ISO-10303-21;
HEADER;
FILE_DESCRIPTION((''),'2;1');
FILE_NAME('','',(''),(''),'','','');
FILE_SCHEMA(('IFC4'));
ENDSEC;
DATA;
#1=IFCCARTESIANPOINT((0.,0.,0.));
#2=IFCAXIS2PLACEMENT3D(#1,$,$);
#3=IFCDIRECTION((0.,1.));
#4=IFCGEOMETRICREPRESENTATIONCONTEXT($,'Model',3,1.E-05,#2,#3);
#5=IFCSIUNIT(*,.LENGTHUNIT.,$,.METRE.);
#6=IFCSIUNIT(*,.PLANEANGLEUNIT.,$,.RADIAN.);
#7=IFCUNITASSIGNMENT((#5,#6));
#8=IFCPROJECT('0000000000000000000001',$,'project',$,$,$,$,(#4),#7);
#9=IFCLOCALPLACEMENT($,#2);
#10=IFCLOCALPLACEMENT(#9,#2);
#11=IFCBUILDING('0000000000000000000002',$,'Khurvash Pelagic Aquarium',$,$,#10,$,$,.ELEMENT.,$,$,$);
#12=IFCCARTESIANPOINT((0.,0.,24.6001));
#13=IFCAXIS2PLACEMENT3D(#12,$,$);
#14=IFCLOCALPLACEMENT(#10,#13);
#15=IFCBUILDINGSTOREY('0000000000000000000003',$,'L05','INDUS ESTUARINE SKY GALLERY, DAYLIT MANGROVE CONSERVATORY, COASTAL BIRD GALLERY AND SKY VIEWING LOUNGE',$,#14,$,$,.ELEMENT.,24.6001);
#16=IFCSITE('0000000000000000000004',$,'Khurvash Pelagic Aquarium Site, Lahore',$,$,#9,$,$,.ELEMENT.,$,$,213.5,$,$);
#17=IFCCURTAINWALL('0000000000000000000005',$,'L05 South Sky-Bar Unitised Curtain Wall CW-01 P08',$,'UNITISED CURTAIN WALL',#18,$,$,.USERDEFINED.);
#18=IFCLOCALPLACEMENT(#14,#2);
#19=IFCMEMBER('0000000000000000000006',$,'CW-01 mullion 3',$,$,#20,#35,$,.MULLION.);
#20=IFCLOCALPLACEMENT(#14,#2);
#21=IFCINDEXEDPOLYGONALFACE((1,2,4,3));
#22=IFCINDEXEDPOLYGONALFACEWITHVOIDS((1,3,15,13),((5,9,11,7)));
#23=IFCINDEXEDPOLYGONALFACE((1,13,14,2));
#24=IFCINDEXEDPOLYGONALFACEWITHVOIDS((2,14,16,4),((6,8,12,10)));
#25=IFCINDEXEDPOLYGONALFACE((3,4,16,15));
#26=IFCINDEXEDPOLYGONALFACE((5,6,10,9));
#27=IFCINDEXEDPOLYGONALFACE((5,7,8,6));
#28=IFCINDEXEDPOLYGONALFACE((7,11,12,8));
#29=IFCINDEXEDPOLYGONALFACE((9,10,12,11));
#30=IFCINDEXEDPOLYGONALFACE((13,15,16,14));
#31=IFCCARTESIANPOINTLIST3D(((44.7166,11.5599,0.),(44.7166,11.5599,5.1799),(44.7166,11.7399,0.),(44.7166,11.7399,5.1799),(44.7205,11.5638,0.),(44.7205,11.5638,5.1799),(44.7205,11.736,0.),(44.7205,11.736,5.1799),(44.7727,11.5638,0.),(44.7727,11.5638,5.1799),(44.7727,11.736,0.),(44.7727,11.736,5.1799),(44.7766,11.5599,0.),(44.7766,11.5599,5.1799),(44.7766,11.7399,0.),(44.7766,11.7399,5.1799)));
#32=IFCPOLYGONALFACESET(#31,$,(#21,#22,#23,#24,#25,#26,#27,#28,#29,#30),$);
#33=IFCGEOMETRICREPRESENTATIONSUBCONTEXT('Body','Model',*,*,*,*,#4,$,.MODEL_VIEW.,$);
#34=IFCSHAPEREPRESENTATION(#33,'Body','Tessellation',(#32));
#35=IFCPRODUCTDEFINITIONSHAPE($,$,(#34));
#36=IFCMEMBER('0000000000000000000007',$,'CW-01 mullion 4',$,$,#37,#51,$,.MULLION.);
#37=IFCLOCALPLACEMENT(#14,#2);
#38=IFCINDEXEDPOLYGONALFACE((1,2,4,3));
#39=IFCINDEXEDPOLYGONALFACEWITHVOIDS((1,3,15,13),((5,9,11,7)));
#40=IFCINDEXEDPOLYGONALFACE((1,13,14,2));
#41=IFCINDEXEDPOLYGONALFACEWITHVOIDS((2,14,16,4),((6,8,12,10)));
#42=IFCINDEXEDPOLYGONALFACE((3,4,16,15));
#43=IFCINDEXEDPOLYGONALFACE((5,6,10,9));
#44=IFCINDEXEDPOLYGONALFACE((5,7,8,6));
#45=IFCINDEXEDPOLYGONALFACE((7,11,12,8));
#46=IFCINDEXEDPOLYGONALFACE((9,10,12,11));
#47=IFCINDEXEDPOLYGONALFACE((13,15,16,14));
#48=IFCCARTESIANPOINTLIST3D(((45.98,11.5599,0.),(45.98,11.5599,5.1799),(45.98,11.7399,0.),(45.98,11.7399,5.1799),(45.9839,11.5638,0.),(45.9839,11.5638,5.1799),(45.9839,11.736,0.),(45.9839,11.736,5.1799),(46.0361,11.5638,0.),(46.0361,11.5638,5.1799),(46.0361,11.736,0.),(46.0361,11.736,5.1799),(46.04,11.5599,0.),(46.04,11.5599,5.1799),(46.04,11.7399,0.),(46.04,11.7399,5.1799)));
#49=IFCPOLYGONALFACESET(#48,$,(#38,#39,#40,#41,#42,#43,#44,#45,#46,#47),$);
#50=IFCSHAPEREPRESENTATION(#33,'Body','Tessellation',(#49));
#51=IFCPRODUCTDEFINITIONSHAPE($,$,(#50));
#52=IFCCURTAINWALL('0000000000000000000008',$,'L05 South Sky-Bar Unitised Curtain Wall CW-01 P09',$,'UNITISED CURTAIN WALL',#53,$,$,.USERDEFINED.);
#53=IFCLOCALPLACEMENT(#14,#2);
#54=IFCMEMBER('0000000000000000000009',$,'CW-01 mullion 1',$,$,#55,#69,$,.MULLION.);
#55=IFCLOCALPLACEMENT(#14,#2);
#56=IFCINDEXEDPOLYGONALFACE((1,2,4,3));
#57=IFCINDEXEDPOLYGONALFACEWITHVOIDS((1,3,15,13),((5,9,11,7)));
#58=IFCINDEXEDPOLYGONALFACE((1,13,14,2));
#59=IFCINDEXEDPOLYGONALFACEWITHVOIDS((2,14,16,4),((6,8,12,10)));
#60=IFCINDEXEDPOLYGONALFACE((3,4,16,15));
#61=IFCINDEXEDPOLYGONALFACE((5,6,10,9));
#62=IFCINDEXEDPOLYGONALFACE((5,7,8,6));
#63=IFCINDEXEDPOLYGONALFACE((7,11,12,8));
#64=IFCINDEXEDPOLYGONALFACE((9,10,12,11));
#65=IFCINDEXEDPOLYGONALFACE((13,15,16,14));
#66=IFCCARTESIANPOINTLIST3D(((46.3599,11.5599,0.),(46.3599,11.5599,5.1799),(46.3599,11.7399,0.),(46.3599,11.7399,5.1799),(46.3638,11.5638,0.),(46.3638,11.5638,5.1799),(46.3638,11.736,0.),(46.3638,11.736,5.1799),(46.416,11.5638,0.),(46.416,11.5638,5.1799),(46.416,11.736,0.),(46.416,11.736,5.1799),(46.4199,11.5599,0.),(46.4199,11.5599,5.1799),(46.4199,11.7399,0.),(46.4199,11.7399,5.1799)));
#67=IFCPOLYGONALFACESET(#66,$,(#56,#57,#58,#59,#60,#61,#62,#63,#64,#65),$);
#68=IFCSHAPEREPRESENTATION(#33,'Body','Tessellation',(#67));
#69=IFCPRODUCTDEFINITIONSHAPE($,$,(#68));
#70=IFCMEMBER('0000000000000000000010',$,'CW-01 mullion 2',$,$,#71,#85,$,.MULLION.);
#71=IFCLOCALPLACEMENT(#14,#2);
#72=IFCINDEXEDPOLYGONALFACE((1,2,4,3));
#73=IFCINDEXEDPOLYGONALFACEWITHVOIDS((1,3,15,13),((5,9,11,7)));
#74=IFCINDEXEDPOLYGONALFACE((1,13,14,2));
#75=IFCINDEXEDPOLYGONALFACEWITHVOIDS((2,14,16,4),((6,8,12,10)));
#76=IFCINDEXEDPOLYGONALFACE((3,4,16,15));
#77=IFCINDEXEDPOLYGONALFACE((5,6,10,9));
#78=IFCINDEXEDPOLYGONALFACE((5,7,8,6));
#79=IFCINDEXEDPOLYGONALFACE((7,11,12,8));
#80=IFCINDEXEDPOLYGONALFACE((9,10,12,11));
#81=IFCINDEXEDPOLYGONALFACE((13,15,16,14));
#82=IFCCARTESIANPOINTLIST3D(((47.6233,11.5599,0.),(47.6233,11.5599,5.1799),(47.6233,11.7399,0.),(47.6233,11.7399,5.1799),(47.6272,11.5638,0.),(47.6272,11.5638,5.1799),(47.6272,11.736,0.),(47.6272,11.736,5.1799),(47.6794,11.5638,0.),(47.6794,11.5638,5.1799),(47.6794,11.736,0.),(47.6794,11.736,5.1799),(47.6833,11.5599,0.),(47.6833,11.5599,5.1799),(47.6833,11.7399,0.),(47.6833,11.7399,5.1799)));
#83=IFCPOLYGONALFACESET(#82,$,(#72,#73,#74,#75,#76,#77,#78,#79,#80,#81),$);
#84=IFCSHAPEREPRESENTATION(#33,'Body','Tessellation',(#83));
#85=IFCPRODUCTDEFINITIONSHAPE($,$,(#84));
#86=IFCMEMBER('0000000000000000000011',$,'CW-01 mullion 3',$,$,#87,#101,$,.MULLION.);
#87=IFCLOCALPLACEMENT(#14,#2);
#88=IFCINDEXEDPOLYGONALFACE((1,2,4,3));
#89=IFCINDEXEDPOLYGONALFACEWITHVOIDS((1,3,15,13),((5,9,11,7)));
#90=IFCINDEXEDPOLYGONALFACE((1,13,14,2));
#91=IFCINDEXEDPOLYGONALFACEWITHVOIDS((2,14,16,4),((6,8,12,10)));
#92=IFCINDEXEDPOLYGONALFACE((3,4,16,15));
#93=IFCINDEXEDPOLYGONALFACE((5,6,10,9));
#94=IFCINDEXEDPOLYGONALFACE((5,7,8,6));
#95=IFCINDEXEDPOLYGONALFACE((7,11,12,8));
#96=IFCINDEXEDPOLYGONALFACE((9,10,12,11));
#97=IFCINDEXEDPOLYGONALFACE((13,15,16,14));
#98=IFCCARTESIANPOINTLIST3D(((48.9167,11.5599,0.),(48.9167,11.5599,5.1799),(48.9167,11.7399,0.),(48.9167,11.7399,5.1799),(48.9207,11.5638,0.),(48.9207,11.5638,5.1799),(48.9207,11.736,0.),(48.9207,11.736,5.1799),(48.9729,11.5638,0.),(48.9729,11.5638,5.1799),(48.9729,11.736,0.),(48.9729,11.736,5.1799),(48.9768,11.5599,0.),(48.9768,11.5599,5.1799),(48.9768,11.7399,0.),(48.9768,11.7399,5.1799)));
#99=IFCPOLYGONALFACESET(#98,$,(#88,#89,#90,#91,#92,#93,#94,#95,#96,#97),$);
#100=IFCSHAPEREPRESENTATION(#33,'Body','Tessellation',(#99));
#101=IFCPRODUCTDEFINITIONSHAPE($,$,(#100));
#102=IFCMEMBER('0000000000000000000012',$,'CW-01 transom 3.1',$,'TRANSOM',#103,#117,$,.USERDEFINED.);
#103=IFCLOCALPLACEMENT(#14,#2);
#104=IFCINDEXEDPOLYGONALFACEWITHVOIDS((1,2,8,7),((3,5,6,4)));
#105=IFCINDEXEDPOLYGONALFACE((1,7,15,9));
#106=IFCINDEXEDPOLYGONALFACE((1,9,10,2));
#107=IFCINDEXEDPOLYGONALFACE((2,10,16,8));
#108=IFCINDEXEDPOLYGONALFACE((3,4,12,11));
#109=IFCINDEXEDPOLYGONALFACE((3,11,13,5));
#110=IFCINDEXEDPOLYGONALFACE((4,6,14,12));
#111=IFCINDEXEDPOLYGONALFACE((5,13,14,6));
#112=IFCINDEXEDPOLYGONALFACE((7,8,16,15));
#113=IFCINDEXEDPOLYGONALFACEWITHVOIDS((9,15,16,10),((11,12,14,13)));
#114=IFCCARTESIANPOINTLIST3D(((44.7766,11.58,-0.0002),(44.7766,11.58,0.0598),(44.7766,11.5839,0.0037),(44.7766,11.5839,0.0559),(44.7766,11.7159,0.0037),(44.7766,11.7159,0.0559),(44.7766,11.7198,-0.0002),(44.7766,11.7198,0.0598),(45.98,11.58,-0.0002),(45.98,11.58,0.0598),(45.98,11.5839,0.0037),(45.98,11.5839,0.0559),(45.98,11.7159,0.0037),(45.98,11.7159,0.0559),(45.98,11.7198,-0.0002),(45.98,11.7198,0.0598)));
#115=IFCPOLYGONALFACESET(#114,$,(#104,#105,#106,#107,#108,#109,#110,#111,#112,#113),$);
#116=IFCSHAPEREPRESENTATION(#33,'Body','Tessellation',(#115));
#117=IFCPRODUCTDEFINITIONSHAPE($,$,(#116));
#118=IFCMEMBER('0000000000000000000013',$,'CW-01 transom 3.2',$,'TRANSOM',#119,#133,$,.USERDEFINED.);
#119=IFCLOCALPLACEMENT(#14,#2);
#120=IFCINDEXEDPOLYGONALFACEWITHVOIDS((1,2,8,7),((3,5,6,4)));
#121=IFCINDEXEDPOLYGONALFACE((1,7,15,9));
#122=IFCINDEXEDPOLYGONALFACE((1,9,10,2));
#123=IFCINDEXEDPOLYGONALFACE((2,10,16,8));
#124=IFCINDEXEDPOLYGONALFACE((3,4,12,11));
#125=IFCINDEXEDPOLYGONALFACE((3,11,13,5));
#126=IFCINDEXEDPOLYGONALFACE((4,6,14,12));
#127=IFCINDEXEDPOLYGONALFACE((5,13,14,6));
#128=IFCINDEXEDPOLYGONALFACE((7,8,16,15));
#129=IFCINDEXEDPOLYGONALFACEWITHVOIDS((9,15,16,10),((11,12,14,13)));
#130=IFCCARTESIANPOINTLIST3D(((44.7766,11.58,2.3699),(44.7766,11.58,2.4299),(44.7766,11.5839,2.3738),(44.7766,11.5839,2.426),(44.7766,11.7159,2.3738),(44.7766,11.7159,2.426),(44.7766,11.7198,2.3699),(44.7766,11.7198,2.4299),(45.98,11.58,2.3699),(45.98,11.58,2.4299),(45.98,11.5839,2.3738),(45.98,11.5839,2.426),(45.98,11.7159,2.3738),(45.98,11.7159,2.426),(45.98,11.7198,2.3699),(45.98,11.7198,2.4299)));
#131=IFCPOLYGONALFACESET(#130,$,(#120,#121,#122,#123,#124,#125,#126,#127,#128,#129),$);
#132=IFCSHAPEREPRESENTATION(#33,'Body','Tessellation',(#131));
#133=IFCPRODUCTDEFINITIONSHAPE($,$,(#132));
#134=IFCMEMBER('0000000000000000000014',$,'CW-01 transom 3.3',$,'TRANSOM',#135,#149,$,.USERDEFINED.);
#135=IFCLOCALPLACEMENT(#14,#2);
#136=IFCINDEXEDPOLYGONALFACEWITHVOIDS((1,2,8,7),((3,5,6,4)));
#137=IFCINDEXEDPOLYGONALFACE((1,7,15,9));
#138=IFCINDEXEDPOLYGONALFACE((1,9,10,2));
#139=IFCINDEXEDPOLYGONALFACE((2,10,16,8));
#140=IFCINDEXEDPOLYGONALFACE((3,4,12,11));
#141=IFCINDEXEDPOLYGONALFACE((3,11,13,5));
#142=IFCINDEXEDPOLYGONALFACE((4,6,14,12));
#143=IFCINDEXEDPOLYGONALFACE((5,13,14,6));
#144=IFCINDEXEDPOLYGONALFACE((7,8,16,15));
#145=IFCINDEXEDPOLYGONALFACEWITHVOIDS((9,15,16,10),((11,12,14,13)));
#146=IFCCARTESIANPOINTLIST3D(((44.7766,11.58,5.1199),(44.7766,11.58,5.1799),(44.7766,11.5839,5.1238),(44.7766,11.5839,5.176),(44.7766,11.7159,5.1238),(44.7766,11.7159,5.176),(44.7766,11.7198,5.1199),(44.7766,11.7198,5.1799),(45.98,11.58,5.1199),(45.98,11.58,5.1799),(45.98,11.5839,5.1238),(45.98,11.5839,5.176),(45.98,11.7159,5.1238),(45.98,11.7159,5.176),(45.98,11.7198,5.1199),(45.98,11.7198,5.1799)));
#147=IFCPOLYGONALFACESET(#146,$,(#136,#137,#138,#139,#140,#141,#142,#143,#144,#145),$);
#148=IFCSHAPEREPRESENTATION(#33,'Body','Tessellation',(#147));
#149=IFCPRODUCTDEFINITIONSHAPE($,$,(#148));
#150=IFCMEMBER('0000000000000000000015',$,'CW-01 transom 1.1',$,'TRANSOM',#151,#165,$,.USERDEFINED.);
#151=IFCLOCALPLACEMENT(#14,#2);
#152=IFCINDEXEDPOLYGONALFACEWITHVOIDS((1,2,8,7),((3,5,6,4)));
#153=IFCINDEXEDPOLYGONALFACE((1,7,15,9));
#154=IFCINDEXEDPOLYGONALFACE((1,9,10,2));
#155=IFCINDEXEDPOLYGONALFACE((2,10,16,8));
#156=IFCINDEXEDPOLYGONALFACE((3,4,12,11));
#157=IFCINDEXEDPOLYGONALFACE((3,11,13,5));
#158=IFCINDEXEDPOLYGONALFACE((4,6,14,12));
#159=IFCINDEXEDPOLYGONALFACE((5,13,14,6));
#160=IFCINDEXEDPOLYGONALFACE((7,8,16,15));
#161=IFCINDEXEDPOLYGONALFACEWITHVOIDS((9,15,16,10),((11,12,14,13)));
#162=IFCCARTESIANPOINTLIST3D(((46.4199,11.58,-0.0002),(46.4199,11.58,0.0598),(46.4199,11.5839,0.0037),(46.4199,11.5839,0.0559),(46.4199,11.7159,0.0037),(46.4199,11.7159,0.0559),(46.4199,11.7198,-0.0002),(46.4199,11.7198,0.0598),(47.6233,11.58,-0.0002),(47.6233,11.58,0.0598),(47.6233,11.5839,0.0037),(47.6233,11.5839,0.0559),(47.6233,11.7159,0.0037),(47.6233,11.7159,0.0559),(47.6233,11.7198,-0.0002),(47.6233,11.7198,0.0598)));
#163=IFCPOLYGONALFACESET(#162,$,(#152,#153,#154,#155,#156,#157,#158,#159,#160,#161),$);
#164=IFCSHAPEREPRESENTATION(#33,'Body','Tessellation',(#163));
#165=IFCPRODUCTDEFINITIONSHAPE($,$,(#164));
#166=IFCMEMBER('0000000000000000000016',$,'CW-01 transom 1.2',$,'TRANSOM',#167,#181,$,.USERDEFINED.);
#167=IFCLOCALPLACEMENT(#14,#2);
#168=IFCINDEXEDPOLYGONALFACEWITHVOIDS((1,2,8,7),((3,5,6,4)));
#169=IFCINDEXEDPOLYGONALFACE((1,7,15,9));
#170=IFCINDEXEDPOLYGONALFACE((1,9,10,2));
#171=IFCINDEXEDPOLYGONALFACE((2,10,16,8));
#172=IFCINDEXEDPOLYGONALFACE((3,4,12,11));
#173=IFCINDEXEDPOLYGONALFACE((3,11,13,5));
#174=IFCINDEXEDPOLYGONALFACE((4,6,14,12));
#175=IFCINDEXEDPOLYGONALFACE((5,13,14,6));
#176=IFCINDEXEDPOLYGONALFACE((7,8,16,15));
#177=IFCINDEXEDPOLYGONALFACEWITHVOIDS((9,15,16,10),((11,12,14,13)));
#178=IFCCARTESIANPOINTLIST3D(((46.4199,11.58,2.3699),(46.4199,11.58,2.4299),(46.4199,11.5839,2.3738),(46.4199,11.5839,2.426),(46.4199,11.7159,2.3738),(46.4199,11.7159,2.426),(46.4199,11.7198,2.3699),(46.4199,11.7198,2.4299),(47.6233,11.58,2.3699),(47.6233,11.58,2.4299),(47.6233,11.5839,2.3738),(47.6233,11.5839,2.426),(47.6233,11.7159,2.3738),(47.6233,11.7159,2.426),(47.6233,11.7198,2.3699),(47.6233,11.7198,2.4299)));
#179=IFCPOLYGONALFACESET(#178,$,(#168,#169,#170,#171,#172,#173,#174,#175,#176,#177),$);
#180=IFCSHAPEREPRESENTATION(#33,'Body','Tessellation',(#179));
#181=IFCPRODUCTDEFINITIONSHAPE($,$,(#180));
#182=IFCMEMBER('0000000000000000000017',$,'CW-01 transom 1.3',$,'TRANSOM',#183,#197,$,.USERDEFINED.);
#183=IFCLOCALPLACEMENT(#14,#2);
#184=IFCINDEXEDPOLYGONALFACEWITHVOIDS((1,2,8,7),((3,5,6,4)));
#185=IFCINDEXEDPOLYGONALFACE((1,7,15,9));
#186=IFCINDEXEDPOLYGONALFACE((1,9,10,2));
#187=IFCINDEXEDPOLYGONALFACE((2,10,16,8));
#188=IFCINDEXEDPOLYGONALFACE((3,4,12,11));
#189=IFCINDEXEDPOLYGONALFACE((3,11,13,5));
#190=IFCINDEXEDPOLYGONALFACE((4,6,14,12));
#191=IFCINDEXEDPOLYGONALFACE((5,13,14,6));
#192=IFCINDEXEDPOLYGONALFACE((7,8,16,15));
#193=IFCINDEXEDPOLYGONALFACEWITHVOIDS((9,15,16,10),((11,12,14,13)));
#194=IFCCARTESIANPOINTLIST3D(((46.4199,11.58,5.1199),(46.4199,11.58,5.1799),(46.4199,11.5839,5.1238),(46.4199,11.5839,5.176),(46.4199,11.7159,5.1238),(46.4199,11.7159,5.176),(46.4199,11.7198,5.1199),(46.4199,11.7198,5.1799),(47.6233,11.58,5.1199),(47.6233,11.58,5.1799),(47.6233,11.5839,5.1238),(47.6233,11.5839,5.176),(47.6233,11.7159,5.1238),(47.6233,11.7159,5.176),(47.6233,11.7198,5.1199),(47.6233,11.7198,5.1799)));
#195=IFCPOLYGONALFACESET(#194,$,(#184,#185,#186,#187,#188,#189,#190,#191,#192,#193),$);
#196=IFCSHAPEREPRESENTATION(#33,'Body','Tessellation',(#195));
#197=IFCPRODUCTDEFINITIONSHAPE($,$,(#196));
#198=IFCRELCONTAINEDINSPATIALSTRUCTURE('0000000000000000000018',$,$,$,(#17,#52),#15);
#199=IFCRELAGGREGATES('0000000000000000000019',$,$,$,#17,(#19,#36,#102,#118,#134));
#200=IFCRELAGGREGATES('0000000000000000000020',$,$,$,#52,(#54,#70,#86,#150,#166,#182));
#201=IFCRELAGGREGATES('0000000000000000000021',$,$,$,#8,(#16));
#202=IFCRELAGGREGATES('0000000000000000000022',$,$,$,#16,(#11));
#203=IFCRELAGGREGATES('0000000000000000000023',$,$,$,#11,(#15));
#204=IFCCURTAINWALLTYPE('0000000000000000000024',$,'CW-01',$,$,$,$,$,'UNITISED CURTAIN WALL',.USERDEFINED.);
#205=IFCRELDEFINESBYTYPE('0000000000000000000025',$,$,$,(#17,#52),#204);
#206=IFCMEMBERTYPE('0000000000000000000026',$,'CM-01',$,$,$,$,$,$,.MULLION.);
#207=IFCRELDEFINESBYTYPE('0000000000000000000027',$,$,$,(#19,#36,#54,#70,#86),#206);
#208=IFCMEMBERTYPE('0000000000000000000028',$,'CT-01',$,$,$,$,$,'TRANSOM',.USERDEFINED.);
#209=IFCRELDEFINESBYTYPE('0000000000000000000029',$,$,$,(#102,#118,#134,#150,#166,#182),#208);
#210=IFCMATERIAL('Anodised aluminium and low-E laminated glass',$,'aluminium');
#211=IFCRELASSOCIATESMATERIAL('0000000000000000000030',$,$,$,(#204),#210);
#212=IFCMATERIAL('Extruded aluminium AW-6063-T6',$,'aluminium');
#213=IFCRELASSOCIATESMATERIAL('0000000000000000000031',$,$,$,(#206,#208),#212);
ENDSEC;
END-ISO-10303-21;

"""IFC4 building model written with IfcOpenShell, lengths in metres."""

from ifc_helpers import new_model, si_unit, direction, frame, origin, origin_2d, place, context, subcontext, project, spatial, hollow_rectangle, extrude, material, material_profile, profile_set, type_object, element, aggregate, save


model = new_model("IFC4")

# Units and contexts
model_context = context("Model", 3, precision=1e-05, world=origin(), true_north=direction((0.0, 1.0)))
body_context = subcontext(model_context, "Body", "Model", "MODEL_VIEW")
ifc_project = project(units=[si_unit("LENGTHUNIT", "METRE"), si_unit("PLANEANGLEUNIT", "RADIAN")], contexts=[model_context])

# Site, building, storey
site_placement = place(None, origin())
site = spatial("IfcSite", under=ifc_project, at=site_placement, Name="Khurvash Pelagic Aquarium Site, Lahore", CompositionType="ELEMENT", RefElevation=213.5)
building_placement = place(site_placement, origin())
building = spatial("IfcBuilding", under=site, at=building_placement, Name="Khurvash Pelagic Aquarium", CompositionType="ELEMENT")
storey_placement = place(building_placement, frame((0.0, 0.0, 24.6001)))
storey = spatial("IfcBuildingStorey", under=building, at=storey_placement, Name="L05", Description="INDUS ESTUARINE SKY GALLERY, DAYLIT MANGROVE CONSERVATORY, COASTAL BIRD GALLERY AND SKY VIEWING LOUNGE", CompositionType="ELEMENT", Elevation=24.6001)

# Curtain walls, members
ifc_material_1 = material(Name="Anodised aluminium and low-E laminated glass", Category="aluminium")
curtain_wall_type = type_object("IfcCurtainWallType", Name="CW-01", ElementType="UNITISED CURTAIN WALL", PredefinedType="USERDEFINED", material=ifc_material_1)
curtain_wall_1_placement = place(storey_placement, origin())
curtain_wall_1 = element("IfcCurtainWall", 1, at=curtain_wall_1_placement, inside=storey, type_object=curtain_wall_type, Name="L05 South Sky-Bar Unitised Curtain Wall CW-01 P08", ObjectType="UNITISED CURTAIN WALL", PredefinedType="USERDEFINED")
ifc_material_2 = material(Name="Extruded aluminium AW-6063-T6", Category="aluminium")
ifc_material_profile_1 = material_profile(ifc_material_2, hollow_rectangle(XDim=0.0601, YDim=0.1799, WallThickness=0.0039, at=origin_2d()), Name="CWM60X180X4")
ifc_profile_set_1 = profile_set([ifc_material_profile_1], Name="Extruded aluminium AW-6063-T6")
member_type_1 = type_object("IfcMemberType", Name="CM-01", PredefinedType="MULLION", material=ifc_profile_set_1)
member_1_placement = place(storey_placement, frame((44.7466, 11.6499, 0.0), z_axis=(0.0, 0.0, 1.0), x_axis=(1.0, 0.0, 0.0)))
member_1 = element("IfcMember", 2, at=member_1_placement, type_object=member_type_1, Name="CW-01 mullion 3", PredefinedType="MULLION", context=body_context, shape_type="SweptSolid", body=[
    extrude(hollow_rectangle(XDim=0.0601, YDim=0.1799, WallThickness=0.0039, at=origin_2d()), origin(), (0.0, 0.0, 1.0), 5.1799),
])
member_2_placement = place(storey_placement, frame((46.01, 11.6499, 0.0), z_axis=(0.0, 0.0, 1.0), x_axis=(1.0, 0.0, 0.0)))
member_2 = element("IfcMember", 3, at=member_2_placement, type_object=member_type_1, Name="CW-01 mullion 4", PredefinedType="MULLION", context=body_context, shape_type="SweptSolid", body=[
    extrude(hollow_rectangle(XDim=0.0601, YDim=0.1799, WallThickness=0.0039, at=origin_2d()), origin(), (0.0, 0.0, 1.0), 5.1799),
])
curtain_wall_2_placement = place(storey_placement, origin())
curtain_wall_2 = element("IfcCurtainWall", 4, at=curtain_wall_2_placement, inside=storey, type_object=curtain_wall_type, Name="L05 South Sky-Bar Unitised Curtain Wall CW-01 P09", ObjectType="UNITISED CURTAIN WALL", PredefinedType="USERDEFINED")
member_3_placement = place(storey_placement, frame((46.3899, 11.6499, 0.0), z_axis=(0.0, 0.0, 1.0), x_axis=(1.0, 0.0, 0.0)))
member_3 = element("IfcMember", 5, at=member_3_placement, type_object=member_type_1, Name="CW-01 mullion 1", PredefinedType="MULLION", context=body_context, shape_type="SweptSolid", body=[
    extrude(hollow_rectangle(XDim=0.0601, YDim=0.1799, WallThickness=0.0039, at=origin_2d()), origin(), (0.0, 0.0, 1.0), 5.1799),
])
member_4_placement = place(storey_placement, frame((47.6533, 11.6499, 0.0), z_axis=(0.0, 0.0, 1.0), x_axis=(1.0, 0.0, 0.0)))
member_4 = element("IfcMember", 6, at=member_4_placement, type_object=member_type_1, Name="CW-01 mullion 2", PredefinedType="MULLION", context=body_context, shape_type="SweptSolid", body=[
    extrude(hollow_rectangle(XDim=0.0601, YDim=0.1799, WallThickness=0.0039, at=origin_2d()), origin(), (0.0, 0.0, 1.0), 5.1799),
])
member_5_placement = place(storey_placement, frame((48.9468, 11.6499, 0.0), z_axis=(0.0, 0.0, 1.0), x_axis=(1.0, 0.0, 0.0)))
member_5 = element("IfcMember", 7, at=member_5_placement, type_object=member_type_1, Name="CW-01 mullion 3", PredefinedType="MULLION", context=body_context, shape_type="SweptSolid", body=[
    extrude(hollow_rectangle(XDim=0.0601, YDim=0.1799, WallThickness=0.0039, at=origin_2d()), origin(), (0.0, 0.0, 1.0), 5.1799),
])

# Members
ifc_material_profile_2 = material_profile(ifc_material_2, hollow_rectangle(XDim=0.1399, YDim=0.0601, WallThickness=0.0039, at=origin_2d()), Name="CWT140X60X4")
ifc_profile_set_2 = profile_set([ifc_material_profile_2], Name="Extruded aluminium AW-6063-T6")
member_type_2 = type_object("IfcMemberType", Name="CT-01", ElementType="TRANSOM", PredefinedType="USERDEFINED", material=ifc_profile_set_2)
member_6_placement = place(storey_placement, frame((44.7766, 11.6499, 0.0298), z_axis=(1.0, 0.0, 0.0), x_axis=(0.0, 1.0, 0.0)))
member_6 = element("IfcMember", 8, at=member_6_placement, type_object=member_type_2, Name="CW-01 transom 3.1", ObjectType="TRANSOM", PredefinedType="USERDEFINED", context=body_context, shape_type="SweptSolid", body=[
    extrude(hollow_rectangle(XDim=0.1399, YDim=0.0601, WallThickness=0.0039, at=origin_2d()), origin(), (0.0, 0.0, 1.0), 1.2034),
])
member_7_placement = place(storey_placement, frame((44.7766, 11.6499, 2.3999), z_axis=(1.0, 0.0, 0.0), x_axis=(0.0, 1.0, 0.0)))
member_7 = element("IfcMember", 9, at=member_7_placement, type_object=member_type_2, Name="CW-01 transom 3.2", ObjectType="TRANSOM", PredefinedType="USERDEFINED", context=body_context, shape_type="SweptSolid", body=[
    extrude(hollow_rectangle(XDim=0.1399, YDim=0.0601, WallThickness=0.0039, at=origin_2d()), origin(), (0.0, 0.0, 1.0), 1.2034),
])
member_8_placement = place(storey_placement, frame((44.7766, 11.6499, 5.1499), z_axis=(1.0, 0.0, 0.0), x_axis=(0.0, 1.0, 0.0)))
member_8 = element("IfcMember", 10, at=member_8_placement, type_object=member_type_2, Name="CW-01 transom 3.3", ObjectType="TRANSOM", PredefinedType="USERDEFINED", context=body_context, shape_type="SweptSolid", body=[
    extrude(hollow_rectangle(XDim=0.1399, YDim=0.0601, WallThickness=0.0039, at=origin_2d()), origin(), (0.0, 0.0, 1.0), 1.2034),
])
member_9_placement = place(storey_placement, frame((46.4199, 11.6499, 0.0298), z_axis=(1.0, 0.0, 0.0), x_axis=(0.0, 1.0, 0.0)))
member_9 = element("IfcMember", 11, at=member_9_placement, type_object=member_type_2, Name="CW-01 transom 1.1", ObjectType="TRANSOM", PredefinedType="USERDEFINED", context=body_context, shape_type="SweptSolid", body=[
    extrude(hollow_rectangle(XDim=0.1399, YDim=0.0601, WallThickness=0.0039, at=origin_2d()), origin(), (0.0, 0.0, 1.0), 1.2034),
])
member_10_placement = place(storey_placement, frame((46.4199, 11.6499, 2.3999), z_axis=(1.0, 0.0, 0.0), x_axis=(0.0, 1.0, 0.0)))
member_10 = element("IfcMember", 12, at=member_10_placement, type_object=member_type_2, Name="CW-01 transom 1.2", ObjectType="TRANSOM", PredefinedType="USERDEFINED", context=body_context, shape_type="SweptSolid", body=[
    extrude(hollow_rectangle(XDim=0.1399, YDim=0.0601, WallThickness=0.0039, at=origin_2d()), origin(), (0.0, 0.0, 1.0), 1.2034),
])
member_11_placement = place(storey_placement, frame((46.4199, 11.6499, 5.1499), z_axis=(1.0, 0.0, 0.0), x_axis=(0.0, 1.0, 0.0)))
member_11 = element("IfcMember", 13, at=member_11_placement, type_object=member_type_2, Name="CW-01 transom 1.3", ObjectType="TRANSOM", PredefinedType="USERDEFINED", context=body_context, shape_type="SweptSolid", body=[
    extrude(hollow_rectangle(XDim=0.1399, YDim=0.0601, WallThickness=0.0039, at=origin_2d()), origin(), (0.0, 0.0, 1.0), 1.2034),
])

aggregate(curtain_wall_1, [member_1, member_2, member_6, member_7, member_8])
aggregate(curtain_wall_2, [member_3, member_4, member_5, member_9, member_10, member_11])

save(model, "model.ifc")
